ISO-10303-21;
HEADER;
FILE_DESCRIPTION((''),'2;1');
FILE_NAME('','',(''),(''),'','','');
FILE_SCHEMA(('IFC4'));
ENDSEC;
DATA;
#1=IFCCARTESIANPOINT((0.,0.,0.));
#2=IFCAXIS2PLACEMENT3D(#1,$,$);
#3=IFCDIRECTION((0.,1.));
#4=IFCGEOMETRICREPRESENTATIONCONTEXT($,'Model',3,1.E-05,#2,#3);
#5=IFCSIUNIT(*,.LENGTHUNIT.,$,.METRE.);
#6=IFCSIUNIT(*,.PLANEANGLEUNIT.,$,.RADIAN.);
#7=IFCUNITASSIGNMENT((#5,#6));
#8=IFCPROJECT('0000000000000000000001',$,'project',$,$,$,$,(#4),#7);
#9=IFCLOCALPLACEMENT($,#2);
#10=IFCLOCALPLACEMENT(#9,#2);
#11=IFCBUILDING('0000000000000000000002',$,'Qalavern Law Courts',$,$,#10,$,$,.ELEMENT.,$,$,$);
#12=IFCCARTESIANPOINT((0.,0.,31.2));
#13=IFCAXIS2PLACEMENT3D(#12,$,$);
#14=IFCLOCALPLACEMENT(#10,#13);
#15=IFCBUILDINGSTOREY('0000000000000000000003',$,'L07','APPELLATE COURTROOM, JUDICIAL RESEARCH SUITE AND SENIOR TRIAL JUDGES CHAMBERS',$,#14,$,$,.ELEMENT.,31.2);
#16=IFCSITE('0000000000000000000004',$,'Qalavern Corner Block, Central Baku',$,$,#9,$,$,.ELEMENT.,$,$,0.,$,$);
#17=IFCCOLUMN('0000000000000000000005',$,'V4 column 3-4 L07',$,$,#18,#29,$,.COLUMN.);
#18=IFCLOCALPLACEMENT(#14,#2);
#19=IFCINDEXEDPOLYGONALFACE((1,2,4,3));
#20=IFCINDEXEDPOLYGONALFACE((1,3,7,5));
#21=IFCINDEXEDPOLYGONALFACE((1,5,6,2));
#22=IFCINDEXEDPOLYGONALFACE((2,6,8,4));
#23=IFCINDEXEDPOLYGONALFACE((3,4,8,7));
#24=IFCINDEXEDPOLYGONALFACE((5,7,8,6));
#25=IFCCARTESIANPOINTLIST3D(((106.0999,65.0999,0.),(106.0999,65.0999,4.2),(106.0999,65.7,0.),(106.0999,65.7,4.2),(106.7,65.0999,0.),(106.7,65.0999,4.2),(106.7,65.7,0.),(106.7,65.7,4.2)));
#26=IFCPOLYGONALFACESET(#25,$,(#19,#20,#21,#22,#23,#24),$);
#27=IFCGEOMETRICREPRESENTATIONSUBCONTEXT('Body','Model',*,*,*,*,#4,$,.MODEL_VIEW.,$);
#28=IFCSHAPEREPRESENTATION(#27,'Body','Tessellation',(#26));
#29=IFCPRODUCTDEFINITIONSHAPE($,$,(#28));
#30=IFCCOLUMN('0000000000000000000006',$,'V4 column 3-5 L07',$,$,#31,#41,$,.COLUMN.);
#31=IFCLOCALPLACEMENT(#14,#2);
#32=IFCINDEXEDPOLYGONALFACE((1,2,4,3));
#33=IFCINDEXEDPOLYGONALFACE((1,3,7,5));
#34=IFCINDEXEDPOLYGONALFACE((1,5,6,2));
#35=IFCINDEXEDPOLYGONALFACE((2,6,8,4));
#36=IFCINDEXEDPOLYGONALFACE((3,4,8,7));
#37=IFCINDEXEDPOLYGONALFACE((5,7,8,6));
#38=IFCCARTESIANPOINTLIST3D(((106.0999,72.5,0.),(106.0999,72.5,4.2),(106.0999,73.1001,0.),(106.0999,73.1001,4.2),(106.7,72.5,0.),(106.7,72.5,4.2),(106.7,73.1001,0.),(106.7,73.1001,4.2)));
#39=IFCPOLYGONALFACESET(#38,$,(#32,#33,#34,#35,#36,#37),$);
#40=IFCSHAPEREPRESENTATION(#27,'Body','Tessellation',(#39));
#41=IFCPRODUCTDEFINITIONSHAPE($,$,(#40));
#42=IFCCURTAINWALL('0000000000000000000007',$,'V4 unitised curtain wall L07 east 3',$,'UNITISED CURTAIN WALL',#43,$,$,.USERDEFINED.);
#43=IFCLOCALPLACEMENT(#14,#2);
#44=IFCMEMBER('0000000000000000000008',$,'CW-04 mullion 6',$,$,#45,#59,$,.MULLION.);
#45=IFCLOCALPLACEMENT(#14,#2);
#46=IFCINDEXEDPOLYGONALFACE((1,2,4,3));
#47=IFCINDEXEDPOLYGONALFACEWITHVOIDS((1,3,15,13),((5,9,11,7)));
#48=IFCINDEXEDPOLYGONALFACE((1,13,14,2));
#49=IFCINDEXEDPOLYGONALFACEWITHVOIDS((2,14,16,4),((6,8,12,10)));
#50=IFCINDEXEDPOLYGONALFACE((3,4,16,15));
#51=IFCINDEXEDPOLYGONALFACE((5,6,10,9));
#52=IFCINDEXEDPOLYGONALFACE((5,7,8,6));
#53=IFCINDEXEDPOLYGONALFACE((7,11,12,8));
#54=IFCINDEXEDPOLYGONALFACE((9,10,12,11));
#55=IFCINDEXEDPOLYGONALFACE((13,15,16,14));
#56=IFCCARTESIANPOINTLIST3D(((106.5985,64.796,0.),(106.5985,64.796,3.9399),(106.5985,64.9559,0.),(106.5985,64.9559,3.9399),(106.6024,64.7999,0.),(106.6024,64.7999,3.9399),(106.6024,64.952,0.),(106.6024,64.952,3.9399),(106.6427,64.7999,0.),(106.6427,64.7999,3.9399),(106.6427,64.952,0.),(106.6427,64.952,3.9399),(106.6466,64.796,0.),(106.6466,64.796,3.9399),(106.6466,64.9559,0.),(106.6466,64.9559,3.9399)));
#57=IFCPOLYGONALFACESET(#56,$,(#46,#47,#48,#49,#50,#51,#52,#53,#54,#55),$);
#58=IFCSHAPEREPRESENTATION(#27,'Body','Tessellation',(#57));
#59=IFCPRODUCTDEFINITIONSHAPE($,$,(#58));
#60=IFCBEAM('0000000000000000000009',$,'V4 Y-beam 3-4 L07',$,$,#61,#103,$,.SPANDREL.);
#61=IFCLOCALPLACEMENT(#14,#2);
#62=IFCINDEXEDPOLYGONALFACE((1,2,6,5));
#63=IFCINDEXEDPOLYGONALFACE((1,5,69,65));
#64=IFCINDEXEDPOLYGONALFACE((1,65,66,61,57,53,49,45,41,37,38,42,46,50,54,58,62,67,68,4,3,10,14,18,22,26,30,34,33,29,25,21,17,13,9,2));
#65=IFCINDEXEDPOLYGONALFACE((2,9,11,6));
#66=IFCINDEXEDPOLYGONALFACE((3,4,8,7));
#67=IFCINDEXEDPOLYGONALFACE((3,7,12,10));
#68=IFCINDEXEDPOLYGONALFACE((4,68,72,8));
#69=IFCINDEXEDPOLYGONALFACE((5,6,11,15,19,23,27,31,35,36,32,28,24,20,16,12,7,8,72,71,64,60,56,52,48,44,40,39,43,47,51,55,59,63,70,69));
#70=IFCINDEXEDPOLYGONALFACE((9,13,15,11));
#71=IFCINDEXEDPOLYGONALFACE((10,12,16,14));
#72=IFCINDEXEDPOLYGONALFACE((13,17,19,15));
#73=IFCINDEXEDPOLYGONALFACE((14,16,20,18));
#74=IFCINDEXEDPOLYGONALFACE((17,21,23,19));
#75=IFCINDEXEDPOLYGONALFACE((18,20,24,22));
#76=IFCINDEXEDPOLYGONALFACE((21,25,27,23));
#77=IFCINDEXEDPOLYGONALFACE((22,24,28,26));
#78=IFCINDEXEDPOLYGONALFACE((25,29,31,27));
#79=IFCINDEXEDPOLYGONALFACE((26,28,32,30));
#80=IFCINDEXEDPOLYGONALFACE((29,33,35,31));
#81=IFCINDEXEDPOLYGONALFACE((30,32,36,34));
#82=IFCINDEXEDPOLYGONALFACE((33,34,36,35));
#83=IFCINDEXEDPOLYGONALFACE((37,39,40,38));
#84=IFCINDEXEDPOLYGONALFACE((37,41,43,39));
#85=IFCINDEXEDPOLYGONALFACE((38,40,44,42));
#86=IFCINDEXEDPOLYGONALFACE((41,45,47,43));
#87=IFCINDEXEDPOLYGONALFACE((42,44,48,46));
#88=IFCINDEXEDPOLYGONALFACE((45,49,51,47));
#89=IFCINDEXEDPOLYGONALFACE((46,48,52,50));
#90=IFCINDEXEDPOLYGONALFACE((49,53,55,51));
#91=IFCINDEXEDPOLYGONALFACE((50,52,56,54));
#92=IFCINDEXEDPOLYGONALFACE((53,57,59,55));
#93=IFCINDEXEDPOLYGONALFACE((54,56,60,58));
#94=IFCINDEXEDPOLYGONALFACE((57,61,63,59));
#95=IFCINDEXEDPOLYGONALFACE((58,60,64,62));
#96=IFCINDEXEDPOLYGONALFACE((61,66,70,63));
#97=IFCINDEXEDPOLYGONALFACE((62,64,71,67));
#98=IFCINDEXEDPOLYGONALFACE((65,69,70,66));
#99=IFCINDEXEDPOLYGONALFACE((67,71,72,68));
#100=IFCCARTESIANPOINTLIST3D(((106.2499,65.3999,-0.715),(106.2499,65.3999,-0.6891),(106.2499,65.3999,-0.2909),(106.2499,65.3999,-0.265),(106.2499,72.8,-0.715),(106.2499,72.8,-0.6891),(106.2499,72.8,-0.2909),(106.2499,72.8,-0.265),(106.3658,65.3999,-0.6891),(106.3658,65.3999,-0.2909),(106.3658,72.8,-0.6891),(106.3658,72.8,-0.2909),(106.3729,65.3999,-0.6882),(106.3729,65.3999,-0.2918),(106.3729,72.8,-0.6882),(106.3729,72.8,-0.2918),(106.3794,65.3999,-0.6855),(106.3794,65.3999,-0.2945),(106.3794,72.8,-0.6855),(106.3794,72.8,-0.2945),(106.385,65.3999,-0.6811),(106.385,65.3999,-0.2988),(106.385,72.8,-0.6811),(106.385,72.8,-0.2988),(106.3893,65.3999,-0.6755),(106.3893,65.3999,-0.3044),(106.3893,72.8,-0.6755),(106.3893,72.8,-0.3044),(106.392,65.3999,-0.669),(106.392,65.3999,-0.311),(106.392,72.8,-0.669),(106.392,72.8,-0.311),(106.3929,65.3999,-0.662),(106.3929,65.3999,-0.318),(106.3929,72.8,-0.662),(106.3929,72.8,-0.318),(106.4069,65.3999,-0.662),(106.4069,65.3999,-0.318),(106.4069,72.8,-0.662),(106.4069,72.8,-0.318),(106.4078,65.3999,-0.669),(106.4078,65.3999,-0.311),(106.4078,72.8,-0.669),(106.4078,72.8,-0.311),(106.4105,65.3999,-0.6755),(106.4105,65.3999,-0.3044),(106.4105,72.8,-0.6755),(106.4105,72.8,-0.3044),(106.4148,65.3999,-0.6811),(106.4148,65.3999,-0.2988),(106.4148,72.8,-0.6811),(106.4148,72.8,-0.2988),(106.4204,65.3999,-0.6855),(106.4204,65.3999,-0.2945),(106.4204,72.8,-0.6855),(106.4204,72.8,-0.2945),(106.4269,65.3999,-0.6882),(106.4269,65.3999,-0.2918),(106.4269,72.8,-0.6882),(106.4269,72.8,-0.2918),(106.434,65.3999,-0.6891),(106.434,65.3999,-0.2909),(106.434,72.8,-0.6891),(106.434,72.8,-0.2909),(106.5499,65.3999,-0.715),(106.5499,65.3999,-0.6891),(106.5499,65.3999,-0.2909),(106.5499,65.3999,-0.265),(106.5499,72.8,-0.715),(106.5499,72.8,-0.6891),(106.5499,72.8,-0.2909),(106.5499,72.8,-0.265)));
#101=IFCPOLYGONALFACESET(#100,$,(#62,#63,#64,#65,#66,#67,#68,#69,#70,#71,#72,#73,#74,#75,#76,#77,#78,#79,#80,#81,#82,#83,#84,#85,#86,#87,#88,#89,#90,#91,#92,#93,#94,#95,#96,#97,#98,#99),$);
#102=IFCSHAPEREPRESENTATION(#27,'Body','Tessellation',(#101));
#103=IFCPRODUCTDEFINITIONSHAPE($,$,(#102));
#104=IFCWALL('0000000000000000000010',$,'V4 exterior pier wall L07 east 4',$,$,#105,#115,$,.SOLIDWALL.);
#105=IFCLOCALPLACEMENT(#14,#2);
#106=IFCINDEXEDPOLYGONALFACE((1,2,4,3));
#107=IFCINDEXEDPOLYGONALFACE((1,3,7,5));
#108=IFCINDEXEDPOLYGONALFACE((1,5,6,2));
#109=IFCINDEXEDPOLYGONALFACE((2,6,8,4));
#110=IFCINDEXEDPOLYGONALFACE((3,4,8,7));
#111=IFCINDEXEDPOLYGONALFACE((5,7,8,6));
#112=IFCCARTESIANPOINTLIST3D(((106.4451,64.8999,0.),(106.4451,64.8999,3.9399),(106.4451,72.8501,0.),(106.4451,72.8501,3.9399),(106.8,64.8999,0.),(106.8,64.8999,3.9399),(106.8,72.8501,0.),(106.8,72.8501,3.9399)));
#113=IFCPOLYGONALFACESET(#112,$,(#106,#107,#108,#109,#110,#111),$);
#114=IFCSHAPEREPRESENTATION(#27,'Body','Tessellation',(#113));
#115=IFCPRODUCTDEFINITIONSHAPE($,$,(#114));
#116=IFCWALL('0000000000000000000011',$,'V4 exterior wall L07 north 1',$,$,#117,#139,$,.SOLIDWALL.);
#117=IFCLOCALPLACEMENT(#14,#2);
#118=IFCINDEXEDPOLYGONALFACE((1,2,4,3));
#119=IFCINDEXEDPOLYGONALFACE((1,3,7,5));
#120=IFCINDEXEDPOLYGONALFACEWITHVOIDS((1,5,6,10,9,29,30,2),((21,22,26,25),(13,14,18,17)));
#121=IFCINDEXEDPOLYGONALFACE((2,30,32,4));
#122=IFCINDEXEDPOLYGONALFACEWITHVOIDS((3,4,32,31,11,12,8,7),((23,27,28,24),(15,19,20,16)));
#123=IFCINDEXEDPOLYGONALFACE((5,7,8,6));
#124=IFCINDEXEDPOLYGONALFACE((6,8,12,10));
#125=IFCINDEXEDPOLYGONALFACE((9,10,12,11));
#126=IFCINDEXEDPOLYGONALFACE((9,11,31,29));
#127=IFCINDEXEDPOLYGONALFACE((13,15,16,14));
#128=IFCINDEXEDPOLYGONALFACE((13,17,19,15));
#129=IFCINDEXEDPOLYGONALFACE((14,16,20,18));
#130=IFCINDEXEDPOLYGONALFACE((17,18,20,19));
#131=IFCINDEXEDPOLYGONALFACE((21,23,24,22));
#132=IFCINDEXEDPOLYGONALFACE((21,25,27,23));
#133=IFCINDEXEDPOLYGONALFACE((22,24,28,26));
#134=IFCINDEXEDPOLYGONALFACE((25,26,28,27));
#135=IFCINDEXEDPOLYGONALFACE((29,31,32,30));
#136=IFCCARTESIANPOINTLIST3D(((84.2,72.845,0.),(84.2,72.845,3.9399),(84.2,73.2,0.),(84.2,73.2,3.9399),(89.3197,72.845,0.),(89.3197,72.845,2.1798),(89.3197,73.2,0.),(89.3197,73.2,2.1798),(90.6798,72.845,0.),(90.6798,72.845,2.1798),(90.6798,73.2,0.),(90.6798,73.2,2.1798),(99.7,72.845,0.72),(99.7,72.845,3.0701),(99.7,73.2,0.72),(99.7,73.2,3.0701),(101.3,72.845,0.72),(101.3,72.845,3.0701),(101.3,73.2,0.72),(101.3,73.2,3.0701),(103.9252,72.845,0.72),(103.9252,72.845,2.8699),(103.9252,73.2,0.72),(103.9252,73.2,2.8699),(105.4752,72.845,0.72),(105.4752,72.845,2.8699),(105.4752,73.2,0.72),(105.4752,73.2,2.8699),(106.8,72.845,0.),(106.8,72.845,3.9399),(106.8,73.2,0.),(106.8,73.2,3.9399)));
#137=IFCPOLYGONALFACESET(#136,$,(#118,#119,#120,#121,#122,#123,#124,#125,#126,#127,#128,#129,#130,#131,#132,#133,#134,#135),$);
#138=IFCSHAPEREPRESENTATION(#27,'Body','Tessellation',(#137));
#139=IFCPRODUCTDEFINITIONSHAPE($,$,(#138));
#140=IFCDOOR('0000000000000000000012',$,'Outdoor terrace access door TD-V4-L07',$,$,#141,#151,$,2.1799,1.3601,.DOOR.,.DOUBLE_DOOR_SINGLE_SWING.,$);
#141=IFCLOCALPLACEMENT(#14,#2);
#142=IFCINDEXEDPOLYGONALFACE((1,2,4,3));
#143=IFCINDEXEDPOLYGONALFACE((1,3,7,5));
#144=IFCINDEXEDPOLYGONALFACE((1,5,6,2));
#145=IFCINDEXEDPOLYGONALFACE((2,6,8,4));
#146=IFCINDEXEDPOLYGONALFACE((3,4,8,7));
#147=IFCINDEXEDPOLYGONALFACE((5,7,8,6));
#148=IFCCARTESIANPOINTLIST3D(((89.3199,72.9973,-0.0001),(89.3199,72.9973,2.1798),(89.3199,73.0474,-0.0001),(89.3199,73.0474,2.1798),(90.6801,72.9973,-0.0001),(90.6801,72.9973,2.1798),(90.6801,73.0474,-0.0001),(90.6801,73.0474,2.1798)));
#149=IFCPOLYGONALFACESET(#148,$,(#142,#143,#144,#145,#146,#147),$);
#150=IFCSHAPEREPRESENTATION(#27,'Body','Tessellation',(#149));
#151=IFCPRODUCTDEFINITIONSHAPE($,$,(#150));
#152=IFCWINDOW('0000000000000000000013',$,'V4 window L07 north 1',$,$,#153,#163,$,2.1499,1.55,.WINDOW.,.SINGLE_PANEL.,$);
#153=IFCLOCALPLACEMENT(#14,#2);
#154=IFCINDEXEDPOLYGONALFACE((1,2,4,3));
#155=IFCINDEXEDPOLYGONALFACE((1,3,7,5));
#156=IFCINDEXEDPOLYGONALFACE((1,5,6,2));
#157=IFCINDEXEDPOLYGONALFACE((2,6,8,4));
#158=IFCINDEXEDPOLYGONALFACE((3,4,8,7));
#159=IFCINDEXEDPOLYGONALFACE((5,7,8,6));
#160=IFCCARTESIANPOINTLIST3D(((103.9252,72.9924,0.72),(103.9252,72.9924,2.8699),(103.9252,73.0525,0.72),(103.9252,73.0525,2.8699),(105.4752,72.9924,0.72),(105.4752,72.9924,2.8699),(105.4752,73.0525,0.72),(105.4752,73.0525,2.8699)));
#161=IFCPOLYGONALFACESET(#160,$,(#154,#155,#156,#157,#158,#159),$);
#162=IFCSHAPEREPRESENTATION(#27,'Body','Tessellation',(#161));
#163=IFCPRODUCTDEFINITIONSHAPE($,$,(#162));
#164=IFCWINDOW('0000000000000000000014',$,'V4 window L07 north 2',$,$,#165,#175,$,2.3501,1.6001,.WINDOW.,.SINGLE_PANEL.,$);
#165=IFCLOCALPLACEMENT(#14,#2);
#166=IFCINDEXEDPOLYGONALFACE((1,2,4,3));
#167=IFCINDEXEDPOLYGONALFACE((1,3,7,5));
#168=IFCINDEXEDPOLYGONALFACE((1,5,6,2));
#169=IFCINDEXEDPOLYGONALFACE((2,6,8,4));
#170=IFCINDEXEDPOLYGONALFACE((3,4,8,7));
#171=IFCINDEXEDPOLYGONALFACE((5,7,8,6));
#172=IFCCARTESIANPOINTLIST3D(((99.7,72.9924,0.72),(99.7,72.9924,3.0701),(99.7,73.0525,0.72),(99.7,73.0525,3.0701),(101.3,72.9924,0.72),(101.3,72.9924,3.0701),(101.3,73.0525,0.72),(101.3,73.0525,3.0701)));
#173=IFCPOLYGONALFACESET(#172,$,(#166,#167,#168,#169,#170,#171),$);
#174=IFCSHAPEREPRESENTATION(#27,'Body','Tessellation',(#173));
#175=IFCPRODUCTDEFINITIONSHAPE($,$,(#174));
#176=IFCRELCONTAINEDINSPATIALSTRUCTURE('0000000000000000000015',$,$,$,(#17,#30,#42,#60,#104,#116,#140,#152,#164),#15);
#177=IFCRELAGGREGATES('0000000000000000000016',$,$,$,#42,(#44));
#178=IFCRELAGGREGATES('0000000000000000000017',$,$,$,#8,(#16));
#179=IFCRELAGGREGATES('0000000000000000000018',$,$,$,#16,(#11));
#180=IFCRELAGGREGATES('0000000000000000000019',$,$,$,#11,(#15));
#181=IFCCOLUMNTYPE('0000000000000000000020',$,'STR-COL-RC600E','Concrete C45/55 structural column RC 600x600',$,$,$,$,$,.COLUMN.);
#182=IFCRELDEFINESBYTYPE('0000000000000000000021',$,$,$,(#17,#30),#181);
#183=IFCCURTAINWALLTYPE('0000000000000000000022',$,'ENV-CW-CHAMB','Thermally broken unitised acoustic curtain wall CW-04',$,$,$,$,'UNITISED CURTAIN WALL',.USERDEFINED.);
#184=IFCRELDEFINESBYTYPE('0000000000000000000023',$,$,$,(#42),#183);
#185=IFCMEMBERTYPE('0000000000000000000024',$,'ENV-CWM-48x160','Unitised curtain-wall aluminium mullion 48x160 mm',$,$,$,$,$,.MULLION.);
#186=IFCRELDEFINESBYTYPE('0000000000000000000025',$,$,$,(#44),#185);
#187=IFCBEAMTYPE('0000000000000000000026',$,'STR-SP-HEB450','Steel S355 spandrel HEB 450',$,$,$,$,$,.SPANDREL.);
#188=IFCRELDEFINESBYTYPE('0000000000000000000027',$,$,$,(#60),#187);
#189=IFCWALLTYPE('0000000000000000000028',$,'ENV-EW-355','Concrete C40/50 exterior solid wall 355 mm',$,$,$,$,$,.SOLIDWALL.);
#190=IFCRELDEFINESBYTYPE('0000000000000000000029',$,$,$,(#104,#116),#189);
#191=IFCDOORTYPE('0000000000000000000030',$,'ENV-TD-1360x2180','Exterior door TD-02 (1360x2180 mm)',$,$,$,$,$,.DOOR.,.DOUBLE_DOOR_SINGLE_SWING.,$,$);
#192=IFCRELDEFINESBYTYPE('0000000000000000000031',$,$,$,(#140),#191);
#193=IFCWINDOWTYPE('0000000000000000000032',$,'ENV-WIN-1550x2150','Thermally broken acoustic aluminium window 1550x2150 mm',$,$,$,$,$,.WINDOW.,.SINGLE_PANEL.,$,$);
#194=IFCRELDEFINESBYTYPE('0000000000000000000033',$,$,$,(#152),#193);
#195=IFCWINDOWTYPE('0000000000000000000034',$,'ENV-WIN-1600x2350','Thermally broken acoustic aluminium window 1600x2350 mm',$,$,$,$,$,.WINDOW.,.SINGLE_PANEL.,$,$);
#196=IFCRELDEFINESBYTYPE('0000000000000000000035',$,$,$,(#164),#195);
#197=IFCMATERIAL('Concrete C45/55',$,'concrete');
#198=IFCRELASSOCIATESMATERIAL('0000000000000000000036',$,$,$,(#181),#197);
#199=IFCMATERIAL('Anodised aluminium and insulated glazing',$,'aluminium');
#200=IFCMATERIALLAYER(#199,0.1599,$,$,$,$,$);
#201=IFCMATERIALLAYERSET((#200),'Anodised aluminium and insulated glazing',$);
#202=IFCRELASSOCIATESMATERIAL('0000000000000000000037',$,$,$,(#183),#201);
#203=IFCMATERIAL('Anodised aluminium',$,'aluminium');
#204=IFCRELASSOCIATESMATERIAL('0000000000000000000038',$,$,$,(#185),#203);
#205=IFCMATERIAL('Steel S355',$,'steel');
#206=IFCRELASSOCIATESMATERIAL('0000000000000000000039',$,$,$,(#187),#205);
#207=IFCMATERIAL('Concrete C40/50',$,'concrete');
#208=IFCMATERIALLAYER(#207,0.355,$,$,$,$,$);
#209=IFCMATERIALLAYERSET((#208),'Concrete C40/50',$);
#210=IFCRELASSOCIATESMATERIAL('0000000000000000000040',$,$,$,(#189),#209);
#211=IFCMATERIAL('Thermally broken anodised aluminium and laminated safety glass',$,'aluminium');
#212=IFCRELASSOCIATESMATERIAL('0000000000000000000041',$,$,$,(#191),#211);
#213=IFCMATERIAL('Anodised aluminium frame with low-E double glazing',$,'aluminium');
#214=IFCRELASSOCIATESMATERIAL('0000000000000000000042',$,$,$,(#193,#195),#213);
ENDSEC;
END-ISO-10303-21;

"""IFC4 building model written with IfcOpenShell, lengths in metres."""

from ifc_helpers import new_model, si_unit, direction, frame, frame_2d, origin, origin_2d, place, context, subcontext, project, spatial, rectangle, hollow_rectangle, i_section, extrude, material, layer, layer_set, material_profile, profile_set, type_object, element, fill, aggregate, save


model = new_model("IFC4")

# Units and contexts
model_context = context("Model", 3, precision=1e-05, world=origin(), true_north=direction((0.0, 1.0)))
body_context = subcontext(model_context, "Body", "Model", "MODEL_VIEW")
ifc_project = project(units=[si_unit("LENGTHUNIT", "METRE"), si_unit("PLANEANGLEUNIT", "RADIAN")], contexts=[model_context])

# Site, building, storey
site_placement = place(None, origin())
site = spatial("IfcSite", under=ifc_project, at=site_placement, Name="Qalavern Corner Block, Central Baku", CompositionType="ELEMENT", RefElevation=0.0)
building_placement = place(site_placement, origin())
building = spatial("IfcBuilding", under=site, at=building_placement, Name="Qalavern Law Courts", CompositionType="ELEMENT")
storey_placement = place(building_placement, frame((0.0, 0.0, 31.2)))
storey = spatial("IfcBuildingStorey", under=building, at=storey_placement, Name="L07", Description="APPELLATE COURTROOM, JUDICIAL RESEARCH SUITE AND SENIOR TRIAL JUDGES CHAMBERS", CompositionType="ELEMENT", Elevation=31.2)

# Columns
ifc_material_1 = material(Name="Concrete C45/55", Category="concrete")
ifc_material_profile_1 = material_profile(ifc_material_1, rectangle(XDim=0.6001, YDim=0.6001, at=origin_2d()), Name="RC 600x600")
ifc_profile_set_1 = profile_set([ifc_material_profile_1], Name="Concrete C45/55")
column_type = type_object("IfcColumnType", Name="STR-COL-RC600E", Description="Concrete C45/55 structural column RC 600x600", PredefinedType="COLUMN", material=ifc_profile_set_1)
for number, where, z_axis, x_axis, name in (
    (1, (106.3999, 65.3999, 0.0), (0.0, 0.0, 1.0), (1.0, 0.0, 0.0), "V4 column 3-4 L07"),
    (2, (106.3999, 72.8, 0.0), (0.0, 0.0, 1.0), (1.0, 0.0, 0.0), "V4 column 3-5 L07"),
):
    element("IfcColumn", number, at=place(storey_placement, frame(where, z_axis=z_axis, x_axis=x_axis)), inside=storey, type_object=column_type, Name=name, PredefinedType="COLUMN", context=body_context, shape_type="SweptSolid", body=[
        extrude(rectangle(XDim=0.6001, YDim=0.6001, at=origin_2d()), origin(), (0.0, 0.0, 1.0), 4.2),
    ])

# Curtain wall, member
ifc_material_2 = material(Name="Anodised aluminium and insulated glazing", Category="aluminium")
ifc_layer_1 = layer(ifc_material_2, 0.1599)
ifc_layer_set_1 = layer_set([ifc_layer_1], Name="Anodised aluminium and insulated glazing")
curtain_wall_type = type_object("IfcCurtainWallType", Name="ENV-CW-CHAMB", Description="Thermally broken unitised acoustic curtain wall CW-04", ElementType="UNITISED CURTAIN WALL", PredefinedType="USERDEFINED", material=ifc_layer_set_1)
curtain_wall_placement = place(storey_placement, origin())
curtain_wall = element("IfcCurtainWall", 3, at=curtain_wall_placement, inside=storey, type_object=curtain_wall_type, Name="V4 unitised curtain wall L07 east 3", ObjectType="UNITISED CURTAIN WALL", PredefinedType="USERDEFINED")
ifc_material_3 = material(Name="Anodised aluminium", Category="aluminium")
ifc_material_profile_2 = material_profile(ifc_material_3, hollow_rectangle(XDim=0.0481, YDim=0.1599, WallThickness=0.0039, at=origin_2d()), Name="ALU MULLION 48x160")
ifc_profile_set_2 = profile_set([ifc_material_profile_2], Name="Anodised aluminium")
member_type = type_object("IfcMemberType", Name="ENV-CWM-48x160", Description="Unitised curtain-wall aluminium mullion 48x160 mm", PredefinedType="MULLION", material=ifc_profile_set_2)
member_placement = place(storey_placement, frame((106.6226, 64.876, 0.0), z_axis=(0.0, 0.0, 1.0), x_axis=(-1.0, 0.0, 0.0)))
member = element("IfcMember", 4, at=member_placement, type_object=member_type, Name="CW-04 mullion 6", PredefinedType="MULLION", context=body_context, shape_type="SweptSolid", body=[
    extrude(hollow_rectangle(XDim=0.0481, YDim=0.1599, WallThickness=0.0039, at=origin_2d()), origin(), (0.0, 0.0, 1.0), 3.9399),
])
aggregate(curtain_wall, [member])

# Beam
ifc_material_4 = material(Name="Steel S355", Category="steel")
ifc_material_profile_3 = material_profile(ifc_material_4, i_section(OverallWidth=0.3, OverallDepth=0.45, WebThickness=0.0139, FlangeThickness=0.0259, FilletRadius=0.0271, at=origin_2d()), Name="HEB 450")
ifc_profile_set_3 = profile_set([ifc_material_profile_3], Name="Steel S355")
beam_type = type_object("IfcBeamType", Name="STR-SP-HEB450", Description="Steel S355 spandrel HEB 450", PredefinedType="SPANDREL", material=ifc_profile_set_3)
beam_placement = place(storey_placement, frame((106.3999, 65.3999, -0.49), z_axis=(0.0, 1.0, 0.0), x_axis=(-1.0, 0.0, 0.0)))
element("IfcBeam", 5, at=beam_placement, inside=storey, type_object=beam_type, Name="V4 Y-beam 3-4 L07", PredefinedType="SPANDREL", context=body_context, shape_type="SweptSolid", body=[
    extrude(i_section(OverallWidth=0.3, OverallDepth=0.45, WebThickness=0.0139, FlangeThickness=0.0259, FilletRadius=0.0271, at=origin_2d()), origin(), (0.0, 0.0, 1.0), 7.4001),
])

# Wall
ifc_material_5 = material(Name="Concrete C40/50", Category="concrete")
ifc_layer_2 = layer(ifc_material_5, 0.355)
ifc_layer_set_2 = layer_set([ifc_layer_2], Name="Concrete C40/50")
wall_type_1 = type_object("IfcWallType", Name="ENV-EW-355", Description="Concrete C40/50 exterior solid wall 355 mm", PredefinedType="SOLIDWALL", material=ifc_layer_set_2)
wall_1_placement = place(storey_placement, frame((106.6226, 64.8999, 0.0), z_axis=(0.0, 0.0, 1.0), x_axis=(0.0, 1.0, 0.0)))
element("IfcWall", 6, at=wall_1_placement, inside=storey, type_object=wall_type_1, Name="V4 exterior pier wall L07 east 4", PredefinedType="SOLIDWALL", context=body_context, shape_type="SweptSolid", body=[
    extrude(rectangle(XDim=7.9502, YDim=0.355, at=frame_2d((3.9751, 0.0))), origin(), (0.0, 0.0, 1.0), 3.9399),
])

# Wall, openings, door, windows
wall_2_placement = place(storey_placement, frame((106.8, 73.0225, 0.0), z_axis=(0.0, 0.0, 1.0), x_axis=(-1.0, 0.0, 0.0)))
wall_2 = element("IfcWall", 7, at=wall_2_placement, inside=storey, type_object=wall_type_1, Name="V4 exterior wall L07 north 1", PredefinedType="SOLIDWALL", context=body_context, shape_type="SweptSolid", body=[
    extrude(rectangle(XDim=22.6001, YDim=0.355, at=frame_2d((11.3, 0.0))), origin(), (0.0, 0.0, 1.0), 3.9399),
])
opening_1_placement = place(wall_2_placement, frame((16.1201, 0.0, 0.0)))
opening_1 = element("IfcOpeningElement", 8, at=opening_1_placement, cuts=wall_2, PredefinedType="OPENING", context=body_context, shape_type="SweptSolid", body=[
    extrude(rectangle(XDim=1.3601, YDim=2.1799, at=frame_2d((0.6802, 1.0898))), frame((0.0, 0.1924, 0.0), z_axis=(0.0, -1.0, 0.0), x_axis=(1.0, 0.0, 0.0)), (0.0, 0.0, 1.0), 0.3848),
])
opening_2_placement = place(wall_2_placement, frame((1.325, 0.0, 0.72)))
opening_2 = element("IfcOpeningElement", 9, at=opening_2_placement, cuts=wall_2, PredefinedType="OPENING", context=body_context, shape_type="SweptSolid", body=[
    extrude(rectangle(XDim=1.55, YDim=2.1499, at=frame_2d((0.7749, 1.075))), frame((0.0, 0.1924, 0.0), z_axis=(0.0, -1.0, 0.0), x_axis=(1.0, 0.0, 0.0)), (0.0, 0.0, 1.0), 0.3848),
])
opening_3_placement = place(wall_2_placement, frame((5.5, 0.0, 0.72)))
opening_3 = element("IfcOpeningElement", 10, at=opening_3_placement, cuts=wall_2, PredefinedType="OPENING", context=body_context, shape_type="SweptSolid", body=[
    extrude(rectangle(XDim=1.6001, YDim=2.3501, at=frame_2d((0.8, 1.175))), frame((0.0, 0.1924, 0.0), z_axis=(0.0, -1.0, 0.0), x_axis=(1.0, 0.0, 0.0)), (0.0, 0.0, 1.0), 0.3848),
])
ifc_material_6 = material(Name="Thermally broken anodised aluminium and laminated safety glass", Category="aluminium")
door_type = type_object("IfcDoorType", Name="ENV-TD-1360x2180", Description="Exterior door TD-02 (1360x2180 mm)", OperationType="DOUBLE_DOOR_SINGLE_SWING", PredefinedType="DOOR", material=ifc_material_6)
door_placement = place(opening_1_placement, frame((1.3601, 0.0, 0.0), z_axis=(0.0, 0.0, 1.0), x_axis=(-1.0, 0.0, 0.0)))
door = element("IfcDoor", 11, at=door_placement, inside=storey, type_object=door_type, Name="Outdoor terrace access door TD-V4-L07", OperationType="DOUBLE_DOOR_SINGLE_SWING", OverallHeight=2.1799, OverallWidth=1.3601, PredefinedType="DOOR", context=body_context, shape_type="SweptSolid", body=[
    extrude(rectangle(XDim=1.3601, YDim=2.1799, at=frame_2d((0.6802, 1.0898))), frame((0.0, 0.0249, 0.0), z_axis=(0.0, -1.0, 0.0), x_axis=(1.0, 0.0, 0.0)), (0.0, 0.0, 1.0), 0.05),
])
fill(opening_1, door)
ifc_material_7 = material(Name="Anodised aluminium frame with low-E double glazing", Category="aluminium")
window_type_1 = type_object("IfcWindowType", Name="ENV-WIN-1550x2150", Description="Thermally broken acoustic aluminium window 1550x2150 mm", PartitioningType="SINGLE_PANEL", PredefinedType="WINDOW", material=ifc_material_7)
window_1_placement = place(opening_2_placement, origin())
window_1 = element("IfcWindow", 12, at=window_1_placement, inside=storey, type_object=window_type_1, Name="V4 window L07 north 1", OverallHeight=2.1499, OverallWidth=1.55, PartitioningType="SINGLE_PANEL", PredefinedType="WINDOW", context=body_context, shape_type="SweptSolid", body=[
    extrude(rectangle(XDim=1.55, YDim=2.1499, at=frame_2d((0.7749, 1.075))), frame((0.0, 0.03, 0.0), z_axis=(0.0, -1.0, 0.0), x_axis=(1.0, 0.0, 0.0)), (0.0, 0.0, 1.0), 0.0601),
])
fill(opening_2, window_1)
window_type_2 = type_object("IfcWindowType", Name="ENV-WIN-1600x2350", Description="Thermally broken acoustic aluminium window 1600x2350 mm", PartitioningType="SINGLE_PANEL", PredefinedType="WINDOW", material=ifc_material_7)
window_2_placement = place(opening_3_placement, origin())
window_2 = element("IfcWindow", 13, at=window_2_placement, inside=storey, type_object=window_type_2, Name="V4 window L07 north 2", OverallHeight=2.3501, OverallWidth=1.6001, PartitioningType="SINGLE_PANEL", PredefinedType="WINDOW", context=body_context, shape_type="SweptSolid", body=[
    extrude(rectangle(XDim=1.6001, YDim=2.3501, at=frame_2d((0.8, 1.175))), frame((0.0, 0.03, 0.0), z_axis=(0.0, -1.0, 0.0), x_axis=(1.0, 0.0, 0.0)), (0.0, 0.0, 1.0), 0.0601),
])
fill(opening_3, window_2)

save(model, "model.ifc")
